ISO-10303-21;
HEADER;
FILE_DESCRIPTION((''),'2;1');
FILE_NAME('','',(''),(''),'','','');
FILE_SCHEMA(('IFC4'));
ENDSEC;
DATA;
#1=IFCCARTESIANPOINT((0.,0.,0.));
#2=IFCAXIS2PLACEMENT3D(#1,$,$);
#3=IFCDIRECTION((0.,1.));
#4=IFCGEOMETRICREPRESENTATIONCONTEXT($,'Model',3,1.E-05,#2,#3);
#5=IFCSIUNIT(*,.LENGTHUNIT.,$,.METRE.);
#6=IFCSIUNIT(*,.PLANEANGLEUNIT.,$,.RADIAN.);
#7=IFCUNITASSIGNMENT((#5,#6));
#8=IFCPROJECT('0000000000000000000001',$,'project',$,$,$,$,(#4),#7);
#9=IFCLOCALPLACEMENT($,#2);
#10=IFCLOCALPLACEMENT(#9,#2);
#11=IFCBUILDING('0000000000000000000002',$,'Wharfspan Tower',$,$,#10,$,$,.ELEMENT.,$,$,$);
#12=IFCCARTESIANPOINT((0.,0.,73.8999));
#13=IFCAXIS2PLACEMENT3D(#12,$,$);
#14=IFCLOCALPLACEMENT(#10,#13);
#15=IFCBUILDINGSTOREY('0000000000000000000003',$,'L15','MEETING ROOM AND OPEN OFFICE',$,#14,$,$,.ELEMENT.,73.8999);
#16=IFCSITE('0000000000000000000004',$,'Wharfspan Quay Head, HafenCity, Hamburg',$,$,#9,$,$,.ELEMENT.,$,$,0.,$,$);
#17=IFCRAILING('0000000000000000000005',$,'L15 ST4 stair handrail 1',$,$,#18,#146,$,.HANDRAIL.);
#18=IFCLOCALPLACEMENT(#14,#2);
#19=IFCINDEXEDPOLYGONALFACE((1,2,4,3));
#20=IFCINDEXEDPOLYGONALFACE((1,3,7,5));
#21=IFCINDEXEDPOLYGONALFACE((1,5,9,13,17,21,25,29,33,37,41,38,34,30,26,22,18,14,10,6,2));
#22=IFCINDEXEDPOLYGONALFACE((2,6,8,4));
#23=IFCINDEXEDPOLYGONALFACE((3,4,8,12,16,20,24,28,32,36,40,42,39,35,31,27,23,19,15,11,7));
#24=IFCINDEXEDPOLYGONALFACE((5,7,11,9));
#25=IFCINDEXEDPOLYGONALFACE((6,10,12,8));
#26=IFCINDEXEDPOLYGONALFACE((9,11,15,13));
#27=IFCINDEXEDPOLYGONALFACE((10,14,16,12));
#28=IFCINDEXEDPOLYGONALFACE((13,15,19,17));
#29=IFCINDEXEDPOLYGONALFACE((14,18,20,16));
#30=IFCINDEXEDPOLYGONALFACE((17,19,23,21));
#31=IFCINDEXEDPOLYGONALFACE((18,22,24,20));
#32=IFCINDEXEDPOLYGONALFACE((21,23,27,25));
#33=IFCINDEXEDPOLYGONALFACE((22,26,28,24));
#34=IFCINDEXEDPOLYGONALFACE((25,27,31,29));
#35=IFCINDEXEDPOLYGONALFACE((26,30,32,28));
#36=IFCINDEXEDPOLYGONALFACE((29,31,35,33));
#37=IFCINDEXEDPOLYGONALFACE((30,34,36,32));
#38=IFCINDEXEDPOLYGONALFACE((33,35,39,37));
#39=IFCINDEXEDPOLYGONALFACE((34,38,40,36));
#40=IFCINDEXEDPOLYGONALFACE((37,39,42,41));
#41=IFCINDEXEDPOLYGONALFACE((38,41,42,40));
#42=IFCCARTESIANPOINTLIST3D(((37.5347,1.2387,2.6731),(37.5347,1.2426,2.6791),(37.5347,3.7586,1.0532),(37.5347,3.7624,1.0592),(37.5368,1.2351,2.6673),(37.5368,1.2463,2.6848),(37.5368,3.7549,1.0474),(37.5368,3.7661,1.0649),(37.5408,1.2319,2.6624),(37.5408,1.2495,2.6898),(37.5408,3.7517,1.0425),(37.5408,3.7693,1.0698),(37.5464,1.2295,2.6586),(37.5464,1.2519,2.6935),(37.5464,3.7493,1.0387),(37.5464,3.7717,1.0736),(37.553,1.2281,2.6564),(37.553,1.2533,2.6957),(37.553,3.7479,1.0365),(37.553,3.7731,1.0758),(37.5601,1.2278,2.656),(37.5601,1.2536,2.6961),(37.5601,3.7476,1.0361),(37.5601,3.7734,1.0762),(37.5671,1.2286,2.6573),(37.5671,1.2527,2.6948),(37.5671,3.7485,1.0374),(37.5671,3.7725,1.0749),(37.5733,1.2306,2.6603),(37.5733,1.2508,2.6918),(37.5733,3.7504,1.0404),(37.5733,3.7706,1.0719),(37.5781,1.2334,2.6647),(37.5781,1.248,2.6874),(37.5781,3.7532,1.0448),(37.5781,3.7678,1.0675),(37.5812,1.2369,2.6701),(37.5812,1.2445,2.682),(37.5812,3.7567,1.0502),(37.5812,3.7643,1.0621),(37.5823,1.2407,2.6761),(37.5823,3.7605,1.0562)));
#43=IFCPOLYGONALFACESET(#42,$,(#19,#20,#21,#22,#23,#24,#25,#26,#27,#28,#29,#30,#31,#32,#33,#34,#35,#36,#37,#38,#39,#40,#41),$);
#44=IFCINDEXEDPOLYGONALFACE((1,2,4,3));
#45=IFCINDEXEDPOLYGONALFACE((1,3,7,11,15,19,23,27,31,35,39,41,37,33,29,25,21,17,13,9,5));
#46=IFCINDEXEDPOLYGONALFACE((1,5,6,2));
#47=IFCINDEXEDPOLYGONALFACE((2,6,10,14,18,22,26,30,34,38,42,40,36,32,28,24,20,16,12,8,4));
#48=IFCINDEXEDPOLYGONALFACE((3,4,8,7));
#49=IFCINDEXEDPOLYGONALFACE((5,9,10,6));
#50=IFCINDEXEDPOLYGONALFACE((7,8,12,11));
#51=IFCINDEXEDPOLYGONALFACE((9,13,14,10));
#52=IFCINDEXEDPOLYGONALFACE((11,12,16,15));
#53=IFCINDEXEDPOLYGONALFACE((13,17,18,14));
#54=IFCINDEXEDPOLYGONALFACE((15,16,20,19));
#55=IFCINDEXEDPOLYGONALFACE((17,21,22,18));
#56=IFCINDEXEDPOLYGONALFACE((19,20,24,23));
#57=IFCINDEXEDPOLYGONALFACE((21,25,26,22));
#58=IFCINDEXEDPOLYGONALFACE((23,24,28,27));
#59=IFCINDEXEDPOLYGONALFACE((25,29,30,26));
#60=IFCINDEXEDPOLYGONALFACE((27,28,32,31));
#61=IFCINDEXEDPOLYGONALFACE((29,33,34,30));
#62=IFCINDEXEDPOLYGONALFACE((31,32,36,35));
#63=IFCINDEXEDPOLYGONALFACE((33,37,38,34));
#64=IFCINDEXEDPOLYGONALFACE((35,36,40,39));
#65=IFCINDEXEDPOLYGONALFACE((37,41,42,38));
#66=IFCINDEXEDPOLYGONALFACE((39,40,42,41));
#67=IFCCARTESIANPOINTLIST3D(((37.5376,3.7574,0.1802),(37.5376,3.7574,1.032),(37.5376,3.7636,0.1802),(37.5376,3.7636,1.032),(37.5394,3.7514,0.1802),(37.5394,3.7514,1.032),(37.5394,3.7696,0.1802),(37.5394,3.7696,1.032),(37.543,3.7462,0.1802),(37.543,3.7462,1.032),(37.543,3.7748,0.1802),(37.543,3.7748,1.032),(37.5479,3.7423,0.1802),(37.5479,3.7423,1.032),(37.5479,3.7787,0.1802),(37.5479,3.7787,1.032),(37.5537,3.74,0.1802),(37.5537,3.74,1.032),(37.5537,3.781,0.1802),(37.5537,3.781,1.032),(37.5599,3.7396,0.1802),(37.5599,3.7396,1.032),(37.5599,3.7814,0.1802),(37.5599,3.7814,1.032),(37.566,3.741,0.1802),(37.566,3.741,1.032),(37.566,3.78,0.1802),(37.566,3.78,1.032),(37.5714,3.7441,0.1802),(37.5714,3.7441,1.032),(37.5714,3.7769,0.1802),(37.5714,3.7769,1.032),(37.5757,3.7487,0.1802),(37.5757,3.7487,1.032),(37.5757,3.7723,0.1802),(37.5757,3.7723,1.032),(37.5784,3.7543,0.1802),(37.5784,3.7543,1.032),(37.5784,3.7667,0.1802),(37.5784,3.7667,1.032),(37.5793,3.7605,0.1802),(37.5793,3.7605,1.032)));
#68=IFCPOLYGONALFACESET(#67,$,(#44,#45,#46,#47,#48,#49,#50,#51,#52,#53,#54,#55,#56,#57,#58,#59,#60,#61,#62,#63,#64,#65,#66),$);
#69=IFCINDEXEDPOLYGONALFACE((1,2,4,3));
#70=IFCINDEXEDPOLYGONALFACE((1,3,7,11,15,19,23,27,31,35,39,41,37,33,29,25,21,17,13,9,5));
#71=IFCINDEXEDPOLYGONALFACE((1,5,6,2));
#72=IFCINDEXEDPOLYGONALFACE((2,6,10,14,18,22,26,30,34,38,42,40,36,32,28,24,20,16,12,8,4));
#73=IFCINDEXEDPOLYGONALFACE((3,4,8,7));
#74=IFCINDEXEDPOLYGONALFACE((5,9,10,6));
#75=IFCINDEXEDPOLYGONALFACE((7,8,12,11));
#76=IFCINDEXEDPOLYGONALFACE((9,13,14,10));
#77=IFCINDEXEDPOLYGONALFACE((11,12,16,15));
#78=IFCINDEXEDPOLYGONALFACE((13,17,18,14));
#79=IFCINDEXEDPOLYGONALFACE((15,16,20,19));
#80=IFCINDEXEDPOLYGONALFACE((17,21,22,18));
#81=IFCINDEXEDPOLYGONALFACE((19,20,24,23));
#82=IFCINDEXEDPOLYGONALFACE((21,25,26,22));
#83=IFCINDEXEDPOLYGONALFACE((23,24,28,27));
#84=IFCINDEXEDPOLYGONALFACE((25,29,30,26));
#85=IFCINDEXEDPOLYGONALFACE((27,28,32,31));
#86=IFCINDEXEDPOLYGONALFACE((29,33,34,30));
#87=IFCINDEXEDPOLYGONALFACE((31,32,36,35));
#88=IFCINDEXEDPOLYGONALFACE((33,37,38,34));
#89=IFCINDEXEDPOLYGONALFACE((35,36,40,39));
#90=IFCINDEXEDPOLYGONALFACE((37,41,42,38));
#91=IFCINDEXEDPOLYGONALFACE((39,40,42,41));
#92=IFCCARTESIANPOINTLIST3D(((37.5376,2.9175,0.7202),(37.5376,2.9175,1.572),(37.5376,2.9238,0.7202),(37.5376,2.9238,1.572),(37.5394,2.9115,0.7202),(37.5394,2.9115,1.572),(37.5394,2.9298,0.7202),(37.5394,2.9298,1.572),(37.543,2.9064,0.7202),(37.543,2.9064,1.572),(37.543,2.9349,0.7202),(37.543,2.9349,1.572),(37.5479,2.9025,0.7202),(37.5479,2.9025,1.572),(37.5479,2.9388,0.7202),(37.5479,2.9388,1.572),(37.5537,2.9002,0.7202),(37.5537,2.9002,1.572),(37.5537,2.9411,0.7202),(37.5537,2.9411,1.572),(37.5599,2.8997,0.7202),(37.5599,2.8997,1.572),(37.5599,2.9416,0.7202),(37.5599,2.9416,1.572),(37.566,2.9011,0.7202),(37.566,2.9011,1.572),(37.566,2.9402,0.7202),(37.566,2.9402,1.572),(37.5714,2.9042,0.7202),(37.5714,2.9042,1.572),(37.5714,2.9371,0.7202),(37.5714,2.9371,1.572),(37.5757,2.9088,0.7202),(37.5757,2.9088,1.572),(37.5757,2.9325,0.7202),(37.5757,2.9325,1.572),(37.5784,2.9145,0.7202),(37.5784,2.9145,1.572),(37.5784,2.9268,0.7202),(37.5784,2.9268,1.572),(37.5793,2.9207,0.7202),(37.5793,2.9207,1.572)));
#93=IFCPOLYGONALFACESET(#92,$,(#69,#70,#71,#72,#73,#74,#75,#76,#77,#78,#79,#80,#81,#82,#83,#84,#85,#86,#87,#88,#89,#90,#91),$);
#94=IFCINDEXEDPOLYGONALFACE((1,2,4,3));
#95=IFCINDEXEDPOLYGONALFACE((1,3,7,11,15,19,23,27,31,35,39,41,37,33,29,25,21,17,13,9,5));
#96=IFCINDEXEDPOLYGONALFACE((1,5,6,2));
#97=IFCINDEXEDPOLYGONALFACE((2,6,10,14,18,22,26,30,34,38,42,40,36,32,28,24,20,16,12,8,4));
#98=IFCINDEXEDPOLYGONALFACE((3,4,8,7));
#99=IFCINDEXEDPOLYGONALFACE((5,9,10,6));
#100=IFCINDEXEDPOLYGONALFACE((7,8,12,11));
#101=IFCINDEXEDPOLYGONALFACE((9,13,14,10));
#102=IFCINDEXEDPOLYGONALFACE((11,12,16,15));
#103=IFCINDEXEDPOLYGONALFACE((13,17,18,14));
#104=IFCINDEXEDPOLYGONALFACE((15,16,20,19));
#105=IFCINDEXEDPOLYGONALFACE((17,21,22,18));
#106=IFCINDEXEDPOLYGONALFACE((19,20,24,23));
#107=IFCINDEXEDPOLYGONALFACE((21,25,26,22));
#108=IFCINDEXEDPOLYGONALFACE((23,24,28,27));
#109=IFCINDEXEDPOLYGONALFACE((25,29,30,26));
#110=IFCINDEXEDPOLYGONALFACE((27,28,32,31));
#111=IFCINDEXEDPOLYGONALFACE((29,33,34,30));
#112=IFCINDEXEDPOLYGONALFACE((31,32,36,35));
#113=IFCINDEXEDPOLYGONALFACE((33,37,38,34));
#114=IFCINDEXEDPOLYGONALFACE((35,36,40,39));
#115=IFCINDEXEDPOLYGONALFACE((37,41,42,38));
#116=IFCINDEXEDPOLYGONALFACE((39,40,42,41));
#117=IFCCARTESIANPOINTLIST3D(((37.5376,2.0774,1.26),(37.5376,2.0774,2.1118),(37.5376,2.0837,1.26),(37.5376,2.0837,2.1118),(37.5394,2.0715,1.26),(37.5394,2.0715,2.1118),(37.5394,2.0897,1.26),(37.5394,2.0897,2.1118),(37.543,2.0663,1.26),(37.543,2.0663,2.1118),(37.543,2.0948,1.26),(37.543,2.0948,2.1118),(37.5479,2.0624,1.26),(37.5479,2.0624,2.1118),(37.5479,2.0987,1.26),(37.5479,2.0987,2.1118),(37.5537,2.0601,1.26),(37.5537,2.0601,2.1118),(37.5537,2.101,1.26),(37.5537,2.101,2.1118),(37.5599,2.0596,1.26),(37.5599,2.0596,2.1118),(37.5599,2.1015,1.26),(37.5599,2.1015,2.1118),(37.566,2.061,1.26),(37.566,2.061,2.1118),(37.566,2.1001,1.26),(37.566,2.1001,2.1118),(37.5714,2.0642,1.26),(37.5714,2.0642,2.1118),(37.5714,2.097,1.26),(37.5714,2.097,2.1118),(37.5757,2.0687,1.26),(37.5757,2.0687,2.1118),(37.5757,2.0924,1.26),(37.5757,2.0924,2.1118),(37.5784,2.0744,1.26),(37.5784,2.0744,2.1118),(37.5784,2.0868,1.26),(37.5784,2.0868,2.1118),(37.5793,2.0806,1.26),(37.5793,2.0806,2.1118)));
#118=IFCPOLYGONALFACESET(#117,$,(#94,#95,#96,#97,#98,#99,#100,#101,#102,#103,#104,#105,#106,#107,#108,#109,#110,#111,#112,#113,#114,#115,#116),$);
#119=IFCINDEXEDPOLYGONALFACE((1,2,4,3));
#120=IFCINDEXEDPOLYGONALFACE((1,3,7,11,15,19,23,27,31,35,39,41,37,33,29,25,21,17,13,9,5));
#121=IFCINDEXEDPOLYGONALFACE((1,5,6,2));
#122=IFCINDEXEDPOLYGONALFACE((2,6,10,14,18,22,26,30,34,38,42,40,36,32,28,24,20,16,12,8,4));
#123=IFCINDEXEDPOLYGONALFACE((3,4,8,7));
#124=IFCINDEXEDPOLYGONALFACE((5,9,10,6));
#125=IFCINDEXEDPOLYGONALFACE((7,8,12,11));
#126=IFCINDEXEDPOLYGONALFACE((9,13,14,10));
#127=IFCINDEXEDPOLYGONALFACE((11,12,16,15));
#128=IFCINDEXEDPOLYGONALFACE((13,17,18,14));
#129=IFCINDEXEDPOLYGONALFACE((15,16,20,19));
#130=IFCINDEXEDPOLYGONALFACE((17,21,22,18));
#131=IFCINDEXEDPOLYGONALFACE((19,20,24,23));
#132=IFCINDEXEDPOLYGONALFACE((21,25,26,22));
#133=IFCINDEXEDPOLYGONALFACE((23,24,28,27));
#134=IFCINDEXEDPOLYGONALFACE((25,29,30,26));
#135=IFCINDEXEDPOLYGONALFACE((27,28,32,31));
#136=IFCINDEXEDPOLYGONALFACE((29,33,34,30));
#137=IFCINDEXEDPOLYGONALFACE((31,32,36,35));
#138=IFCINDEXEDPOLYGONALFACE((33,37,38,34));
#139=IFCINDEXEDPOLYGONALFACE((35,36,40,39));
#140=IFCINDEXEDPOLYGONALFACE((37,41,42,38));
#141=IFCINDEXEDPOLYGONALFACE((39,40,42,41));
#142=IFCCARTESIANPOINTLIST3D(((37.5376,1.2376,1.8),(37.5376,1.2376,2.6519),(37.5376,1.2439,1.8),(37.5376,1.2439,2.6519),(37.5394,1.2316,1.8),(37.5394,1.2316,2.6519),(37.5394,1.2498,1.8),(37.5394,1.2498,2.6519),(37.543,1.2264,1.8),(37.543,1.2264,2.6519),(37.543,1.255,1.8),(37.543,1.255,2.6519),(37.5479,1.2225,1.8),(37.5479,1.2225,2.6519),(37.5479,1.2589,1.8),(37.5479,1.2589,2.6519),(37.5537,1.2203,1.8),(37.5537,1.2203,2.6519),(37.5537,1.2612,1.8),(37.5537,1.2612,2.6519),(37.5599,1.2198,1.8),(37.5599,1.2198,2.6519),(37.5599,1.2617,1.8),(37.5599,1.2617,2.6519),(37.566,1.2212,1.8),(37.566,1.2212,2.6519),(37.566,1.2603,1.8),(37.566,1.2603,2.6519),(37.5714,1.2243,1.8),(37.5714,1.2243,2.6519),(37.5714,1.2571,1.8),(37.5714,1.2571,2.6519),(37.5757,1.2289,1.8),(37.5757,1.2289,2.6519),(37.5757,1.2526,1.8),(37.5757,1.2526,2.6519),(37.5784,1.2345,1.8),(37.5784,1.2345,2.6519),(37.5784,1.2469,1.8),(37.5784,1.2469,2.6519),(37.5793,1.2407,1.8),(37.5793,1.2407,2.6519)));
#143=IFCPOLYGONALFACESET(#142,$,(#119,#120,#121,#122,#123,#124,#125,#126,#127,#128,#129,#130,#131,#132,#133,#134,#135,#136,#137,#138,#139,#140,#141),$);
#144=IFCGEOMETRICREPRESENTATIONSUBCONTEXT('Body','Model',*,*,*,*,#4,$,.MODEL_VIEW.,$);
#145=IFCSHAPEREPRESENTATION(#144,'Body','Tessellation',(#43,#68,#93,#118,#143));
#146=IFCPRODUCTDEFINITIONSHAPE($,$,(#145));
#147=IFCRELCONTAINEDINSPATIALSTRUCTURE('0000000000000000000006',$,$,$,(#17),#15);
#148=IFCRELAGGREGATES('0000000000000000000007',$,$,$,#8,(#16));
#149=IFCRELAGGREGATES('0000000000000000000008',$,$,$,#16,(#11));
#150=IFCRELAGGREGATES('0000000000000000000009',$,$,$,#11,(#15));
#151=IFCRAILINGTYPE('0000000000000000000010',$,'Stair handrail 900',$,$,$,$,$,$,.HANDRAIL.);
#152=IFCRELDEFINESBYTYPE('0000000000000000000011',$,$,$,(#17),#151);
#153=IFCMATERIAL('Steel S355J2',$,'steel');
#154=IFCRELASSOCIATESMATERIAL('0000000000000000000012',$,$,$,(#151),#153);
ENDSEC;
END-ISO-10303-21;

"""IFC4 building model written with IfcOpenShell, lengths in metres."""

from ifc_helpers import new_model, si_unit, direction, frame, origin, origin_2d, place, context, subcontext, project, spatial, circle, extrude, material, type_object, element, save


model = new_model("IFC4")

# Units and contexts
model_context = context("Model", 3, precision=1e-05, world=origin(), true_north=direction((0.0, 1.0)))
body_context = subcontext(model_context, "Body", "Model", "MODEL_VIEW")
ifc_project = project(units=[si_unit("LENGTHUNIT", "METRE"), si_unit("PLANEANGLEUNIT", "RADIAN")], contexts=[model_context])

# Site, building, storey
site_placement = place(None, origin())
site = spatial("IfcSite", under=ifc_project, at=site_placement, Name="Wharfspan Quay Head, HafenCity, Hamburg", CompositionType="ELEMENT", RefElevation=0.0)
building_placement = place(site_placement, origin())
building = spatial("IfcBuilding", under=site, at=building_placement, Name="Wharfspan Tower", CompositionType="ELEMENT")
storey_placement = place(building_placement, frame((0.0, 0.0, 73.8999)))
storey = spatial("IfcBuildingStorey", under=building, at=storey_placement, Name="L15", Description="MEETING ROOM AND OPEN OFFICE", CompositionType="ELEMENT", Elevation=73.8999)

# Railing
ifc_material_1 = material(Name="Steel S355J2", Category="steel")
railing_type_1 = type_object("IfcRailingType", Name="Stair handrail 900", PredefinedType="HANDRAIL", material=ifc_material_1)
railing_1_placement = place(storey_placement, frame((37.5583, 3.7605, 0.1802)))
element("IfcRailing", 1, at=railing_1_placement, inside=storey, type_object=railing_type_1, Name="L15 ST4 stair handrail 1", PredefinedType="HANDRAIL", context=body_context, shape_type="SweptSolid", body=[
    extrude(circle(Radius=0.0239, at=origin_2d()), frame((0.0, 0.0, 0.876), z_axis=(0.0, -0.841176, 0.540762), x_axis=(1.0, 0.0, 0.0)), (0.0, 0.0, 1.0), 2.9956),
    extrude(circle(Radius=0.021, at=origin_2d()), origin(), (0.0, 0.0, 1.0), 0.8518),
    extrude(circle(Radius=0.021, at=origin_2d()), frame((0.0, -0.8398, 0.54)), (0.0, 0.0, 1.0), 0.8518),
    extrude(circle(Radius=0.021, at=origin_2d()), frame((0.0, -1.6799, 1.0798)), (0.0, 0.0, 1.0), 0.8518),
    extrude(circle(Radius=0.021, at=origin_2d()), frame((0.0, -2.5198, 1.6199)), (0.0, 0.0, 1.0), 0.8518),
])

save(model, "model.ifc")
